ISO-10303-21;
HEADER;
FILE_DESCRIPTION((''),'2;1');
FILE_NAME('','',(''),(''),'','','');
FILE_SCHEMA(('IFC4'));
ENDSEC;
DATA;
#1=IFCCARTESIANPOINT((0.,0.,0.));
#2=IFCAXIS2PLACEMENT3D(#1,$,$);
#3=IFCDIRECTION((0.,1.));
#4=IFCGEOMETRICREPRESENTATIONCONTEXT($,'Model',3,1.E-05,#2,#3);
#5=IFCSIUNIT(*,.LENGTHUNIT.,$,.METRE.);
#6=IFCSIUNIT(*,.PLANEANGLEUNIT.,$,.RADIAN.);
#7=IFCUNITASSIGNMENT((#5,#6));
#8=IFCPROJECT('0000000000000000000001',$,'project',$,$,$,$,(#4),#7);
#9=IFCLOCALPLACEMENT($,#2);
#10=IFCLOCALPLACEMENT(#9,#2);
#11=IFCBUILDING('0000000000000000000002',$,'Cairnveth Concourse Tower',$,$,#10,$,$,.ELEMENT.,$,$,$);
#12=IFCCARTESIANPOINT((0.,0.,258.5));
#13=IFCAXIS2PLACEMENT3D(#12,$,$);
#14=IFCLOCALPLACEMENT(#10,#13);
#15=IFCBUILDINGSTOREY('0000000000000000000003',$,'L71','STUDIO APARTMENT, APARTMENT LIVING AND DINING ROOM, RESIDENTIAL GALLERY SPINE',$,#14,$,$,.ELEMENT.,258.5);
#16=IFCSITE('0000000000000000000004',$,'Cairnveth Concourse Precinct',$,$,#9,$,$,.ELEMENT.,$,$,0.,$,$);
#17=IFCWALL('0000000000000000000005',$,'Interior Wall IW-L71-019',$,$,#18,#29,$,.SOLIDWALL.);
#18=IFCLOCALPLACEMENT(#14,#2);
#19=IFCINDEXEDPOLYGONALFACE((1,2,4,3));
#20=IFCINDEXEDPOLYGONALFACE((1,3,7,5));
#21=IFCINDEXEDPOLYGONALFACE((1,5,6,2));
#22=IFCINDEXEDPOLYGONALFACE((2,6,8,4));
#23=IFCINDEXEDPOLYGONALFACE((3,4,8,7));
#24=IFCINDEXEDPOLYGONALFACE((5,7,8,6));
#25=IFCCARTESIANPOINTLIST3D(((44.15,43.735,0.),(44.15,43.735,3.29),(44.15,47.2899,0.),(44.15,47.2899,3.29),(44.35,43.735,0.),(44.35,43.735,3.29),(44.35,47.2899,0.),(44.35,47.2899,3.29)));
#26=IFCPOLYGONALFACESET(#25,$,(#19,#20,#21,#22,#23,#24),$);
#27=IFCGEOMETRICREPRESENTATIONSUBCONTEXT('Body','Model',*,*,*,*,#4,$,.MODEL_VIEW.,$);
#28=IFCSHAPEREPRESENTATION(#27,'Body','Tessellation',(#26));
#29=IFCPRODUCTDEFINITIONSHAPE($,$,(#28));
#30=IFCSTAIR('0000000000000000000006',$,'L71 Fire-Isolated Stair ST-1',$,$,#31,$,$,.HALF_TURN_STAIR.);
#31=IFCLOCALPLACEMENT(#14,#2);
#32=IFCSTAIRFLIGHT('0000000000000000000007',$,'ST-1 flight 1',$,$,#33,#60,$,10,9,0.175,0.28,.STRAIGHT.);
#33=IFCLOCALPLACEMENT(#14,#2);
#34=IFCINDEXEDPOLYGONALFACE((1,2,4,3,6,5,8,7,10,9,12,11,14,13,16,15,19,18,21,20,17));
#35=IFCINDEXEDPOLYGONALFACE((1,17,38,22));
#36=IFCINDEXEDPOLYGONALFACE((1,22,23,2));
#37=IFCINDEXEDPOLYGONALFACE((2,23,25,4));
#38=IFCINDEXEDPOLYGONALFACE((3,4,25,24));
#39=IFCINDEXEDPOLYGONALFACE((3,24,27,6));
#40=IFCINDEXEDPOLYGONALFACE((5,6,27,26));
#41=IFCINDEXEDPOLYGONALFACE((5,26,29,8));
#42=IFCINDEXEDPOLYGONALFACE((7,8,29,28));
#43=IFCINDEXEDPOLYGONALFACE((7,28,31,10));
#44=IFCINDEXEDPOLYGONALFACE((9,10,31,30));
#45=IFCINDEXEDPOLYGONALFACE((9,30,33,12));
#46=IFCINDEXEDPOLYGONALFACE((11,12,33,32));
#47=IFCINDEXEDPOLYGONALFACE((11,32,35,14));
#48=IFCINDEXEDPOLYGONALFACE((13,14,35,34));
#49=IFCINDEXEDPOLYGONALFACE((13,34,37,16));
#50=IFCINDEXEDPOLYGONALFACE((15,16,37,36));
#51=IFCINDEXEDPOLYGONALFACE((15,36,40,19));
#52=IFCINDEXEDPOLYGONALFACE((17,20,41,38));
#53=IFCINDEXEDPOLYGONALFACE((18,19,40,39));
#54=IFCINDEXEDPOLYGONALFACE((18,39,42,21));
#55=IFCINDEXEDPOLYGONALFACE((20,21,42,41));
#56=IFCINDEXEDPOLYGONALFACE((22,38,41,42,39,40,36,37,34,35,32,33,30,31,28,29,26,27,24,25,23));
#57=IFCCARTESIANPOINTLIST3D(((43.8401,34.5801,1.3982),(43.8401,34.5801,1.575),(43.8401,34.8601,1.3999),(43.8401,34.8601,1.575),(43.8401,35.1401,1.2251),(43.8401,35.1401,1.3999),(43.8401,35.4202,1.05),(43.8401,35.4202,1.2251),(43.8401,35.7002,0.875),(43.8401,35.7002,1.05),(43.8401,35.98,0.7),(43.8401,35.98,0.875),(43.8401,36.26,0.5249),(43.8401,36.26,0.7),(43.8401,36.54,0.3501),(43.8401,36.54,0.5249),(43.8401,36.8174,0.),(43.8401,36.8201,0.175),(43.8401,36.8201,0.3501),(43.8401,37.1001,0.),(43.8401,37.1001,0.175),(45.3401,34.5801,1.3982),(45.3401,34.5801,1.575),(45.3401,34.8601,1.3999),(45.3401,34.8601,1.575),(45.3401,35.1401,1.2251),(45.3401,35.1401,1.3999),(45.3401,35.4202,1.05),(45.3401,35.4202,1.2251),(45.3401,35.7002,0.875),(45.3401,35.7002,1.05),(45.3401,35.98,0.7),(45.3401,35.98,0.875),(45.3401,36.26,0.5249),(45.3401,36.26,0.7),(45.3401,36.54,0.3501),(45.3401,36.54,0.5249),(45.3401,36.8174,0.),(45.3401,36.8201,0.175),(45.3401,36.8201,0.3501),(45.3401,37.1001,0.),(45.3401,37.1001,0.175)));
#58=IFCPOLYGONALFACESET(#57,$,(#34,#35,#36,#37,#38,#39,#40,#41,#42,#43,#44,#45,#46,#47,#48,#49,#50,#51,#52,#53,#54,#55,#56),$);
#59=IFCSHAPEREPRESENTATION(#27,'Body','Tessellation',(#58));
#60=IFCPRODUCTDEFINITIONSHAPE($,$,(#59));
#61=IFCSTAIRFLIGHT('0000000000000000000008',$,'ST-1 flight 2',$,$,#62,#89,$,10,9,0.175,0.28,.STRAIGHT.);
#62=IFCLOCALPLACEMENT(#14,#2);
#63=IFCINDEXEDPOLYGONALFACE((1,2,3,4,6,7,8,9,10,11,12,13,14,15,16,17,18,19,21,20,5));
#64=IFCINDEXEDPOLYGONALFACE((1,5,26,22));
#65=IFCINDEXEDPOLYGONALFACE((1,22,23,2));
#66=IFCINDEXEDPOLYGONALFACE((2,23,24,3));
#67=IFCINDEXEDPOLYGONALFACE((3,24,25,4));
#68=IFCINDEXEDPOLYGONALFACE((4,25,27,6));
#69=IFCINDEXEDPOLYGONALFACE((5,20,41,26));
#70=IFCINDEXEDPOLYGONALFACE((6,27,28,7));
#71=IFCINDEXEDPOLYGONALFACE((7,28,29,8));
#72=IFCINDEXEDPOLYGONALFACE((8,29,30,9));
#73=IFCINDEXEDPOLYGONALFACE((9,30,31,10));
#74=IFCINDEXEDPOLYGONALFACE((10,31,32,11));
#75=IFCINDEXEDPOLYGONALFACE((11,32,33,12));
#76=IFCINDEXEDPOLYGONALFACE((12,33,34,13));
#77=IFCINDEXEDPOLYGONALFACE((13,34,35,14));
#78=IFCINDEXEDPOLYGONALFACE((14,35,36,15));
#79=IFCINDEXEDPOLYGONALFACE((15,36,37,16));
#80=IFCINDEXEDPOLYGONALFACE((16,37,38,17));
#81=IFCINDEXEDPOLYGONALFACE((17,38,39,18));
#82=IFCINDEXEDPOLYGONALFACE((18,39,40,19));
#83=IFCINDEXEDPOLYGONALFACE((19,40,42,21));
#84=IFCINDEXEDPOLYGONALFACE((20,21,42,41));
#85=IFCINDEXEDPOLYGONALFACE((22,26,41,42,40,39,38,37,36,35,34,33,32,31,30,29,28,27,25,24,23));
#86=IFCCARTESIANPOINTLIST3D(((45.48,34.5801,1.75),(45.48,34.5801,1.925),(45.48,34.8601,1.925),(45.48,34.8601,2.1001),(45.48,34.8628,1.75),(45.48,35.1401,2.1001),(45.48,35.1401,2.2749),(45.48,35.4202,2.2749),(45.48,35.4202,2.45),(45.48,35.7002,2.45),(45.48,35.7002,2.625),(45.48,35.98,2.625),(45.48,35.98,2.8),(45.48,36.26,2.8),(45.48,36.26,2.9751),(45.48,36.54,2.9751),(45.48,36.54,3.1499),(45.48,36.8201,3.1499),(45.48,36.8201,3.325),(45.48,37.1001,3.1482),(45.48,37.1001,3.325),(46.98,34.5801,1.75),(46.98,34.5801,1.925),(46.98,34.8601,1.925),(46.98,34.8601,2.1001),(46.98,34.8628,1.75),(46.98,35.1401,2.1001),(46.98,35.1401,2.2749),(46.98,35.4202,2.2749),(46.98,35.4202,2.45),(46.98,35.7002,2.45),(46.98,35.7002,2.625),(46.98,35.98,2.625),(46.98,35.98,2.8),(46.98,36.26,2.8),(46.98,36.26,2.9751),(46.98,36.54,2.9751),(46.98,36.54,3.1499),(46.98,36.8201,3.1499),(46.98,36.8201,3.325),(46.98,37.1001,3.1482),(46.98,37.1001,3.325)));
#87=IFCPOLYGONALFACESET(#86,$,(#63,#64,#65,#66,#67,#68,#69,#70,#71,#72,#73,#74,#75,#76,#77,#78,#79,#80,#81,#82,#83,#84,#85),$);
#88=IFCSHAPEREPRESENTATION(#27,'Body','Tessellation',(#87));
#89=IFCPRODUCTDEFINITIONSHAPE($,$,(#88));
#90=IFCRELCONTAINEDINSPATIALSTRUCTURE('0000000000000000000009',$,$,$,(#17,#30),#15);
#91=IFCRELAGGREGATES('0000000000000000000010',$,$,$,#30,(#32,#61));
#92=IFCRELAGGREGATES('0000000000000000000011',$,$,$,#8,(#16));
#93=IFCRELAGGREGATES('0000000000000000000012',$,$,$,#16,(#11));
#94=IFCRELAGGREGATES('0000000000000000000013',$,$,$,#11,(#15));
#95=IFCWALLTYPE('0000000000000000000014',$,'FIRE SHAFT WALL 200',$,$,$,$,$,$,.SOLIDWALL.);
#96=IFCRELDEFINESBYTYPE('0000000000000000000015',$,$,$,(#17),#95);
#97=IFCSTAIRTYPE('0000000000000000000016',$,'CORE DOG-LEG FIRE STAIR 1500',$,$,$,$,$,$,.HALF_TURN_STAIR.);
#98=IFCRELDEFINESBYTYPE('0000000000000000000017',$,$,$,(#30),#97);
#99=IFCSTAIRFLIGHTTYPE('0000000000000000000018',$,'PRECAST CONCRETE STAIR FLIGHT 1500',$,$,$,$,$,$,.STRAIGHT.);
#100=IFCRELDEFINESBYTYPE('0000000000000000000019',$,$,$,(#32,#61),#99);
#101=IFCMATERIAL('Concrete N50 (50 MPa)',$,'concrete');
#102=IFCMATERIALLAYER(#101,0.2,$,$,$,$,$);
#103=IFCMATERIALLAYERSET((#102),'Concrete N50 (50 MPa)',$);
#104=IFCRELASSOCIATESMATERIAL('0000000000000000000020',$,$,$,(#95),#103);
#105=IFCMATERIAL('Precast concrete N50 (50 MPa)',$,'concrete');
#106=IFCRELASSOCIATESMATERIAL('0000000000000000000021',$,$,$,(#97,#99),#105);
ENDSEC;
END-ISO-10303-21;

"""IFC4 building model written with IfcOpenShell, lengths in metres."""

from ifc_helpers import new_model, si_unit, direction, frame, frame_2d, origin, place, context, subcontext, project, spatial, polyline, rectangle, outline, extrude, material, layer, layer_set, type_object, element, aggregate, save


model = new_model("IFC4")

# Units and contexts
model_context = context("Model", 3, precision=1e-05, world=origin(), true_north=direction((0.0, 1.0)))
body_context = subcontext(model_context, "Body", "Model", "MODEL_VIEW")
ifc_project = project(units=[si_unit("LENGTHUNIT", "METRE"), si_unit("PLANEANGLEUNIT", "RADIAN")], contexts=[model_context])

# Site, building, storey
site_placement = place(None, origin())
site = spatial("IfcSite", under=ifc_project, at=site_placement, Name="Cairnveth Concourse Precinct", CompositionType="ELEMENT", RefElevation=0.0)
building_placement = place(site_placement, origin())
building = spatial("IfcBuilding", under=site, at=building_placement, Name="Cairnveth Concourse Tower", CompositionType="ELEMENT")
storey_placement = place(building_placement, frame((0.0, 0.0, 258.5)))
storey = spatial("IfcBuildingStorey", under=building, at=storey_placement, Name="L71", Description="STUDIO APARTMENT, APARTMENT LIVING AND DINING ROOM, RESIDENTIAL GALLERY SPINE", CompositionType="ELEMENT", Elevation=258.5)

# Shared definitions
ifc_material_1 = material(Name="Concrete N50 (50 MPa)", Category="concrete")

# Shared definitions
ifc_layer_1 = layer(ifc_material_1, 0.2)
ifc_layer_set_1 = layer_set([ifc_layer_1], Name="Concrete N50 (50 MPa)")
wall_type_1 = type_object("IfcWallType", Name="FIRE SHAFT WALL 200", PredefinedType="SOLIDWALL", material=ifc_layer_set_1)

# Wall
for number, where, z_axis, x_axis, name in (
    (1, (44.25, 43.7351, 0.0), (0.0, 0.0, 1.0), (0.0, 1.0, 0.0), "Interior Wall IW-L71-019"),
):
    element("IfcWall", number, at=place(storey_placement, frame(where, z_axis=z_axis, x_axis=x_axis)), inside=storey, type_object=wall_type_1, Name=name, PredefinedType="SOLIDWALL", context=body_context, shape_type="SweptSolid", body=[
        extrude(rectangle(XDim=3.5549, YDim=0.2, at=frame_2d((1.7773, 0.0))), origin(), (0.0, 0.0, 1.0), 3.29),
    ])

# Stair, stair flights
ifc_material_2 = material(Name="Precast concrete N50 (50 MPa)", Category="concrete")
stair_type = type_object("IfcStairType", Name="CORE DOG-LEG FIRE STAIR 1500", PredefinedType="HALF_TURN_STAIR", material=ifc_material_2)
stair_placement = place(storey_placement, origin())
stair = element("IfcStair", 2, at=stair_placement, inside=storey, type_object=stair_type, Name="L71 Fire-Isolated Stair ST-1", PredefinedType="HALF_TURN_STAIR")
stair_flight_type = type_object("IfcStairFlightType", Name="PRECAST CONCRETE STAIR FLIGHT 1500", PredefinedType="STRAIGHT", material=ifc_material_2)
stair_flight_1_placement = place(storey_placement, frame((44.5901, 37.1001, 0.0), z_axis=(0.0, 0.0, 1.0), x_axis=(0.0, -1.0, 0.0)))
stair_flight_1 = element("IfcStairFlight", 3, at=stair_flight_1_placement, type_object=stair_flight_type, Name="ST-1 flight 1", NumberOfRisers=10, NumberOfTreads=9, PredefinedType="STRAIGHT", RiserHeight=0.175, TreadLength=0.28, context=body_context, shape_type="SweptSolid", body=[
    extrude(outline(polyline([(0.0, 0.0), (0.0, 0.175), (0.28, 0.175), (0.28, 0.3501), (0.5601, 0.3501), (0.5601, 0.5249), (0.8401, 0.5249), (0.8401, 0.7), (1.1201, 0.7), (1.1201, 0.875), (1.3999, 0.875), (1.3999, 1.05), (1.6799, 1.05), (1.6799, 1.2251), (1.96, 1.2251), (1.96, 1.3999), (2.24, 1.3999), (2.24, 1.575), (2.52, 1.575), (2.52, 1.75), (2.52, 1.3982), (0.2827, 0.0), (0.0, 0.0)])), frame((0.0, 0.75, 0.0), z_axis=(0.0, -1.0, 0.0), x_axis=(1.0, 0.0, 0.0)), (0.0, 0.0, 1.0), 1.5),
])
stair_flight_2_placement = place(storey_placement, frame((46.23, 34.5801, 1.75), z_axis=(0.0, 0.0, 1.0), x_axis=(0.0, 1.0, 0.0)))
stair_flight_2 = element("IfcStairFlight", 4, at=stair_flight_2_placement, type_object=stair_flight_type, Name="ST-1 flight 2", NumberOfRisers=10, NumberOfTreads=9, PredefinedType="STRAIGHT", RiserHeight=0.175, TreadLength=0.28, context=body_context, shape_type="SweptSolid", body=[
    extrude(outline(polyline([(0.0, 0.0), (0.0, 0.175), (0.28, 0.175), (0.28, 0.3501), (0.5601, 0.3501), (0.5601, 0.5249), (0.8401, 0.5249), (0.8401, 0.7), (1.1201, 0.7), (1.1201, 0.875), (1.3999, 0.875), (1.3999, 1.05), (1.6799, 1.05), (1.6799, 1.2251), (1.96, 1.2251), (1.96, 1.3999), (2.24, 1.3999), (2.24, 1.575), (2.52, 1.575), (2.52, 1.75), (2.52, 1.3982), (0.2827, 0.0), (0.0, 0.0)])), frame((0.0, 0.75, 0.0), z_axis=(0.0, -1.0, 0.0), x_axis=(1.0, 0.0, 0.0)), (0.0, 0.0, 1.0), 1.5),
])
aggregate(stair, [stair_flight_1, stair_flight_2])

save(model, "model.ifc")
